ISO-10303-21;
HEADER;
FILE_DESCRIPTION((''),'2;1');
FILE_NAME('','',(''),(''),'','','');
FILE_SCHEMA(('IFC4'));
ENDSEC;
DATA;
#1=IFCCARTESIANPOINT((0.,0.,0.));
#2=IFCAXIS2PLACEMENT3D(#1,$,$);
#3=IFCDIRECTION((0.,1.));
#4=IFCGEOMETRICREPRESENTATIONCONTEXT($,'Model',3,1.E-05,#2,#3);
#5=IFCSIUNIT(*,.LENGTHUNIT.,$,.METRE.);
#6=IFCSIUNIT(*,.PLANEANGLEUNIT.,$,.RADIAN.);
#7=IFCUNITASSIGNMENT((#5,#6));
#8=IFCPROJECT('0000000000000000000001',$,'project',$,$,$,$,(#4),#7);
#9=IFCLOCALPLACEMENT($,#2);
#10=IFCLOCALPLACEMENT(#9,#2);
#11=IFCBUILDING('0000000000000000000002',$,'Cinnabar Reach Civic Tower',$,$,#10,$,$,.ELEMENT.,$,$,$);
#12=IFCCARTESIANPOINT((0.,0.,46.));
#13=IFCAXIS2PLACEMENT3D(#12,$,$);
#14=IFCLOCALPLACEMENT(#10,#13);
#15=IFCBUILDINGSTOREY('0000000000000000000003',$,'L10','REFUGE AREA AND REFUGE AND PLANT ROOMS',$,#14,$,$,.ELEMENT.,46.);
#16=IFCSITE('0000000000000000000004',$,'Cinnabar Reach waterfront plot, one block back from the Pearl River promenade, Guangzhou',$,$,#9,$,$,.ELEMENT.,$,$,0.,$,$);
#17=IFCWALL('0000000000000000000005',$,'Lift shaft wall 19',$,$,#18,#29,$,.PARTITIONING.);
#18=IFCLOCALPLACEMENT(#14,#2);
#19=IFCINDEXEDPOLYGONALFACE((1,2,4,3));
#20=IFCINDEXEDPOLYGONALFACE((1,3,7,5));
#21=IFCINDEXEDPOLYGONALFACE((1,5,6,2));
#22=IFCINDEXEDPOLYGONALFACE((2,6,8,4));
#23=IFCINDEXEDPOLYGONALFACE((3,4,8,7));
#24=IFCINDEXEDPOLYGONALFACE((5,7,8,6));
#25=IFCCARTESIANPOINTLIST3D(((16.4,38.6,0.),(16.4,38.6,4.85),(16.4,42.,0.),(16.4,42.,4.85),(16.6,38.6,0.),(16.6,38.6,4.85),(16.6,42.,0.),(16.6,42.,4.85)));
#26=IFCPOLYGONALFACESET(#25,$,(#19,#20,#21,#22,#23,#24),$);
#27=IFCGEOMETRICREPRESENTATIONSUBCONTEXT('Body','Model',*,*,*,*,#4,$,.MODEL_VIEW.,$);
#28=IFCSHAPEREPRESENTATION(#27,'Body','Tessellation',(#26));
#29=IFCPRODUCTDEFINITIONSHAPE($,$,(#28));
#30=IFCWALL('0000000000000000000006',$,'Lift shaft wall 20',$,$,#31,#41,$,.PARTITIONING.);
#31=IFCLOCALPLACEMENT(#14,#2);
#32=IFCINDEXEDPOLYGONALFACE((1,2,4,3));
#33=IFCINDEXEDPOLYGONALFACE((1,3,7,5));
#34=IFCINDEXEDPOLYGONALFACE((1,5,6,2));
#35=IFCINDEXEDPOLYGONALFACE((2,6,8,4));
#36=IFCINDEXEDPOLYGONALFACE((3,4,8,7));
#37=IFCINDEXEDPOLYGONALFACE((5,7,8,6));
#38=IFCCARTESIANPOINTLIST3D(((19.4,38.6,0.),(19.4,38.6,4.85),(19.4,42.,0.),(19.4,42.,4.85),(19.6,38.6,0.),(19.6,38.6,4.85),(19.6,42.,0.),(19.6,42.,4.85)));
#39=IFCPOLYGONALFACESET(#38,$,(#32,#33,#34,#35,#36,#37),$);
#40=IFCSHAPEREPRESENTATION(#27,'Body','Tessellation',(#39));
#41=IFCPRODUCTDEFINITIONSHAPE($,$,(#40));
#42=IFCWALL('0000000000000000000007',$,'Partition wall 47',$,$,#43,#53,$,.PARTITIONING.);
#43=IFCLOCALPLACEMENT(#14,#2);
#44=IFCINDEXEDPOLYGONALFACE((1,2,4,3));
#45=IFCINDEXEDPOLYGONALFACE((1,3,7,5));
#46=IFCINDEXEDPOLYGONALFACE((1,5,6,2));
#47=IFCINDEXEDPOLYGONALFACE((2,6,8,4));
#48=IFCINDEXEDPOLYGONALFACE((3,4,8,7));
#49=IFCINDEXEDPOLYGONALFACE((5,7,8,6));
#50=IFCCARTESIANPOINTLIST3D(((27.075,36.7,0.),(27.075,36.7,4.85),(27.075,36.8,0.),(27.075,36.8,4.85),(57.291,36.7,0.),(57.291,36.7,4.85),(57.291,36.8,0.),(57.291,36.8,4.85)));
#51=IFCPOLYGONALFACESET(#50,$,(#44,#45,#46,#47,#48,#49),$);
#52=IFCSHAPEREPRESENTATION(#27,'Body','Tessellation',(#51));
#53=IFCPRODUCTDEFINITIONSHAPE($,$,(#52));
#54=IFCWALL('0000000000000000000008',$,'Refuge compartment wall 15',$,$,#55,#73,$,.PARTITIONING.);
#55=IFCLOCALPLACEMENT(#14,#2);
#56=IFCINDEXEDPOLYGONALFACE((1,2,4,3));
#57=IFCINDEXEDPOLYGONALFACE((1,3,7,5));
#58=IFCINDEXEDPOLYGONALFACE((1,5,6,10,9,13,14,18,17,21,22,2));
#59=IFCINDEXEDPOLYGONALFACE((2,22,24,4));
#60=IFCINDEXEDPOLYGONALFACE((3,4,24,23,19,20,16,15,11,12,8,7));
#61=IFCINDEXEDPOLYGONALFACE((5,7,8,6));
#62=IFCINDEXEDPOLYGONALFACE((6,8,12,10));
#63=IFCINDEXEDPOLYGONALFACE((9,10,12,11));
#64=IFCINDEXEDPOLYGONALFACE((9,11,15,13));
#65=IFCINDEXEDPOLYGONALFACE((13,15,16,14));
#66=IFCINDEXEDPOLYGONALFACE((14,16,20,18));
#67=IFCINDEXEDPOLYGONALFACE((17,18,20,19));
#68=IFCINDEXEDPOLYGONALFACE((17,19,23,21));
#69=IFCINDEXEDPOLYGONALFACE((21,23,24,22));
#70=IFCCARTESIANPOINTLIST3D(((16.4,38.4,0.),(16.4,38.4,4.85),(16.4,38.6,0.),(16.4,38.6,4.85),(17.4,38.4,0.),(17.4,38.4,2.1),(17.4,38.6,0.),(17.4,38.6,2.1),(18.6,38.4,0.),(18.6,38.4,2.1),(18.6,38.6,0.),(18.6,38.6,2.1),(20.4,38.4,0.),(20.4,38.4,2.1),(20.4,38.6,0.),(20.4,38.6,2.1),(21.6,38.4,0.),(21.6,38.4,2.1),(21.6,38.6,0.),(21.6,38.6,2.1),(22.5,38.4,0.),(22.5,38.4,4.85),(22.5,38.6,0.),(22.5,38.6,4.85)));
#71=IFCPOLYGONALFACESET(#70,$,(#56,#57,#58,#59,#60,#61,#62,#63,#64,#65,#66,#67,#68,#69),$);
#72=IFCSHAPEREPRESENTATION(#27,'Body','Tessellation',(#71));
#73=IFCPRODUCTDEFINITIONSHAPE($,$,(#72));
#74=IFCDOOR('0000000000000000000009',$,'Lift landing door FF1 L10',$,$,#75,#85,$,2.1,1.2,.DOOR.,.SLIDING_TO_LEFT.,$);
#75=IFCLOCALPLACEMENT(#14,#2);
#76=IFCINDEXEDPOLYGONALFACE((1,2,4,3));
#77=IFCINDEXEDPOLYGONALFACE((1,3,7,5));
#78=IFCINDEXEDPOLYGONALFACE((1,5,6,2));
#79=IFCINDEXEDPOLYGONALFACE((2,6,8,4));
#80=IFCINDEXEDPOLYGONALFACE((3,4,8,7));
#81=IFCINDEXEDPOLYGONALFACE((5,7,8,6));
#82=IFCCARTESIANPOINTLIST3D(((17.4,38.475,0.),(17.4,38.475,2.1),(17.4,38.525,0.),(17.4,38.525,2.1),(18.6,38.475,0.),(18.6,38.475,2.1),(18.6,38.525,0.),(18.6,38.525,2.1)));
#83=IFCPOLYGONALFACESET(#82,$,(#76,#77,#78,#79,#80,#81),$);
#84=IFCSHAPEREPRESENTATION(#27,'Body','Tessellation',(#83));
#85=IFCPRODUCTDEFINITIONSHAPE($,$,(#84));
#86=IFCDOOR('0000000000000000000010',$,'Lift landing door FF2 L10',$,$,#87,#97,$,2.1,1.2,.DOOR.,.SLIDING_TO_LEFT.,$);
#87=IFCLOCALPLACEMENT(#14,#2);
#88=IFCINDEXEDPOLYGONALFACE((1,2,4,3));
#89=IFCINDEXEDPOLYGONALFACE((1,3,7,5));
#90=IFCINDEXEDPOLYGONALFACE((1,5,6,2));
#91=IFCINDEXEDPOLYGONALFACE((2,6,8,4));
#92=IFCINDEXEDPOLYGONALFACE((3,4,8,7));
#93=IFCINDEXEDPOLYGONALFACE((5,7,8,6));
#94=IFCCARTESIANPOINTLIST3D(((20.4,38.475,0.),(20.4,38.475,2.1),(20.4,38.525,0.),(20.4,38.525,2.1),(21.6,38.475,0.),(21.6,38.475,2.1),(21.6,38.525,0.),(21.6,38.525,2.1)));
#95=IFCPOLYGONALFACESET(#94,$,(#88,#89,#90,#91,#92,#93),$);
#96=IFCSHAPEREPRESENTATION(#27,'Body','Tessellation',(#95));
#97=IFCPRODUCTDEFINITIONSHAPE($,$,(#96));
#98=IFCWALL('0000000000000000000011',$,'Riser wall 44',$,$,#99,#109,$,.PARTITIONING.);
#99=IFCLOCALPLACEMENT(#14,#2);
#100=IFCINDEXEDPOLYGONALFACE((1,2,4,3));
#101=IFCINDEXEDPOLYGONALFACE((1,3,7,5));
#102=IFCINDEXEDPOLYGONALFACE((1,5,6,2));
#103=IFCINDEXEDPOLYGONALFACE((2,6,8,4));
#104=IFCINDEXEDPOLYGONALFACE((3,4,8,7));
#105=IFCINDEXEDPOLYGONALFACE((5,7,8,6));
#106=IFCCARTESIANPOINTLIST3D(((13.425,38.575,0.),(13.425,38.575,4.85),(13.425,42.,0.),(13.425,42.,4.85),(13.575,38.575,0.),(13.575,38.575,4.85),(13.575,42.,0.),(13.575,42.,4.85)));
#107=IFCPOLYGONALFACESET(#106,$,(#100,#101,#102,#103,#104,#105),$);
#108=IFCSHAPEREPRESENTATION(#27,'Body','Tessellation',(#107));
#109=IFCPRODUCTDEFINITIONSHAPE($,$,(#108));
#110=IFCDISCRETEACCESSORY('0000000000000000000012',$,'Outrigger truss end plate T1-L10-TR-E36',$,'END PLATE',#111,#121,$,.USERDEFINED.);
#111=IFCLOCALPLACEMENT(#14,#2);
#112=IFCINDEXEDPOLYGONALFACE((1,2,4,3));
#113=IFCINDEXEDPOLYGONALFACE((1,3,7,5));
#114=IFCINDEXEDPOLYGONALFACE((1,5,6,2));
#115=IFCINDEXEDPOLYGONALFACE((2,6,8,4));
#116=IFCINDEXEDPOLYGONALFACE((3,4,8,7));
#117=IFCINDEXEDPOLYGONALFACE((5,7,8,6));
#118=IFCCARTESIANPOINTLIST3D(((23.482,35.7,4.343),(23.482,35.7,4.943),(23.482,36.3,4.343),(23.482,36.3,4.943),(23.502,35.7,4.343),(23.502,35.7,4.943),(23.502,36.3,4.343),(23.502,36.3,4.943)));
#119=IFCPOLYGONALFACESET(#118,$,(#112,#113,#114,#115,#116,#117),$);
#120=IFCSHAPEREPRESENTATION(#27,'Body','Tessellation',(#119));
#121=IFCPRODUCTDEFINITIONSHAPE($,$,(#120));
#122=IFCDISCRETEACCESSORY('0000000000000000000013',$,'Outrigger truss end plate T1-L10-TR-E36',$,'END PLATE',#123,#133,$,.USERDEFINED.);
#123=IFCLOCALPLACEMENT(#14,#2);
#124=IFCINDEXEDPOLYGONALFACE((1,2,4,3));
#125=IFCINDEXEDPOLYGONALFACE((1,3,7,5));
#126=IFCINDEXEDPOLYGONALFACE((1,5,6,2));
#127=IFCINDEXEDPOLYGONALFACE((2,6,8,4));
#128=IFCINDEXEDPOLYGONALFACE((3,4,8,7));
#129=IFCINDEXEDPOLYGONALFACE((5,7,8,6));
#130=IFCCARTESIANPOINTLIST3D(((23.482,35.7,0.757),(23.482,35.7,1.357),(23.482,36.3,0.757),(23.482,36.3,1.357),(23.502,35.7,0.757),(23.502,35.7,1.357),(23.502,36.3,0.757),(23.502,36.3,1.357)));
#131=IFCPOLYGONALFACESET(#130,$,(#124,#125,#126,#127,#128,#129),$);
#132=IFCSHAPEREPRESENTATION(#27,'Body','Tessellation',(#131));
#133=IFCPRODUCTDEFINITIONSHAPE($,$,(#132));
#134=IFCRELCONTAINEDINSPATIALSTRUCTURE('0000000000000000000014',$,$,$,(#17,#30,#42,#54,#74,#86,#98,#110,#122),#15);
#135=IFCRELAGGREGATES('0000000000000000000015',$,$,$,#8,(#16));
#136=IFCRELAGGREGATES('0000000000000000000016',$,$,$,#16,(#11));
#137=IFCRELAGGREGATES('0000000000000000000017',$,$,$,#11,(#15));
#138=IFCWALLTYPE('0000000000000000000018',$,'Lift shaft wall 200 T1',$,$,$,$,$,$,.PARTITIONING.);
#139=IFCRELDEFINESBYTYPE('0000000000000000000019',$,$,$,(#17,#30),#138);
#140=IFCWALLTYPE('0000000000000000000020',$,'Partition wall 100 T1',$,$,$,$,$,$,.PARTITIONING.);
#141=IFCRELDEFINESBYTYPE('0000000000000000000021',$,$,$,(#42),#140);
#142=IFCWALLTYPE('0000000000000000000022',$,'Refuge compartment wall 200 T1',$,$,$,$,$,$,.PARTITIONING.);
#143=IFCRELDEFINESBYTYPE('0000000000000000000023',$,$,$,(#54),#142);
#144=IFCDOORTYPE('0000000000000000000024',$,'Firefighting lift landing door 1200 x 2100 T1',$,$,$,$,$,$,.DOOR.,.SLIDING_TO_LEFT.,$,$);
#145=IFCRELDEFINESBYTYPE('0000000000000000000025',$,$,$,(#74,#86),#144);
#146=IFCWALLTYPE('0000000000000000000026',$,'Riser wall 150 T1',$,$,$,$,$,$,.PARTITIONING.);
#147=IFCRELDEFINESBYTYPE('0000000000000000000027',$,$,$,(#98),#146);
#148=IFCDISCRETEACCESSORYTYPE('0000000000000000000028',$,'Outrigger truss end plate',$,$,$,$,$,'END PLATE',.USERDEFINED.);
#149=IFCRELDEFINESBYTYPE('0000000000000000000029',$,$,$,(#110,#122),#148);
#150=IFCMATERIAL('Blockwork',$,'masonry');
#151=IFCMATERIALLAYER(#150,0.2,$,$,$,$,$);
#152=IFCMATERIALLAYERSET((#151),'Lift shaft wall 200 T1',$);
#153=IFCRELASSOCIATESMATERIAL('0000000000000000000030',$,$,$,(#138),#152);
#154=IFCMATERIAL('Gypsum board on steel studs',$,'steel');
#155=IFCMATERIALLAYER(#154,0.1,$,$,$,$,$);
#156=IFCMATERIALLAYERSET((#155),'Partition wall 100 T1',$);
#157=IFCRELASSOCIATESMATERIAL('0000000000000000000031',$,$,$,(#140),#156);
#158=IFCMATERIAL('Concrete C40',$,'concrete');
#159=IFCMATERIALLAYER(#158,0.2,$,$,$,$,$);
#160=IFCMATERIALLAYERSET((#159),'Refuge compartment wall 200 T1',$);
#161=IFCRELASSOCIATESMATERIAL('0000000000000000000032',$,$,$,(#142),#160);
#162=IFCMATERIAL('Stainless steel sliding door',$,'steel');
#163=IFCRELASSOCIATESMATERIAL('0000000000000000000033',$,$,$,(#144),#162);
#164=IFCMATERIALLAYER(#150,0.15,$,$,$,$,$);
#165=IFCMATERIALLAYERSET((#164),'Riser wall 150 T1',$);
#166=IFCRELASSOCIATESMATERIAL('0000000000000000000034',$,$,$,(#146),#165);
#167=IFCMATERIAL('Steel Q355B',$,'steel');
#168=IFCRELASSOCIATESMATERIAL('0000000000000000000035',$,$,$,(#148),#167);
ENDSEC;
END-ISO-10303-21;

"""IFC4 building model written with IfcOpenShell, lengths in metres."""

from ifc_helpers import new_model, si_unit, direction, frame, frame_2d, origin, origin_2d, place, context, subcontext, project, spatial, rectangle, extrude, material, layer, layer_set, type_object, element, fill, save


model = new_model("IFC4")

# Units and contexts
model_context = context("Model", 3, precision=1e-05, world=origin(), true_north=direction((0.0, 1.0)))
body_context = subcontext(model_context, "Body", "Model", "MODEL_VIEW")
ifc_project = project(units=[si_unit("LENGTHUNIT", "METRE"), si_unit("PLANEANGLEUNIT", "RADIAN")], contexts=[model_context])

# Site, building, storey
site_placement = place(None, origin())
site = spatial("IfcSite", under=ifc_project, at=site_placement, Name="Cinnabar Reach waterfront plot, one block back from the Pearl River promenade, Guangzhou", CompositionType="ELEMENT", RefElevation=0.0)
building_placement = place(site_placement, origin())
building = spatial("IfcBuilding", under=site, at=building_placement, Name="Cinnabar Reach Civic Tower", CompositionType="ELEMENT")
storey_placement = place(building_placement, frame((0.0, 0.0, 46.0)))
storey = spatial("IfcBuildingStorey", under=building, at=storey_placement, Name="L10", Description="REFUGE AREA AND REFUGE AND PLANT ROOMS", CompositionType="ELEMENT", Elevation=46.0)

# Shared definitions
ifc_material_1 = material(Name="Steel Q355B", Category="steel")

# Walls
ifc_material_2 = material(Name="Blockwork", Category="masonry")
ifc_layer_1 = layer(ifc_material_2, 0.2)
ifc_layer_set_1 = layer_set([ifc_layer_1], Name="Lift shaft wall 200 T1")
wall_type_1 = type_object("IfcWallType", Name="Lift shaft wall 200 T1", PredefinedType="PARTITIONING", material=ifc_layer_set_1)
for number, where, z_axis, x_axis, name in (
    (1, (16.5, 38.6, 0.0), (0.0, 0.0, 1.0), (0.0, 1.0, 0.0), "Lift shaft wall 19"),
    (2, (19.5, 38.6, 0.0), (0.0, 0.0, 1.0), (0.0, 1.0, 0.0), "Lift shaft wall 20"),
):
    element("IfcWall", number, at=place(storey_placement, frame(where, z_axis=z_axis, x_axis=x_axis)), inside=storey, type_object=wall_type_1, Name=name, PredefinedType="PARTITIONING", context=body_context, shape_type="SweptSolid", body=[
        extrude(rectangle(XDim=3.4, YDim=0.2, at=frame_2d((1.7, 0.0))), origin(), (0.0, 0.0, 1.0), 4.85),
    ])
ifc_material_3 = material(Name="Gypsum board on steel studs", Category="steel")
ifc_layer_2 = layer(ifc_material_3, 0.1)
ifc_layer_set_2 = layer_set([ifc_layer_2], Name="Partition wall 100 T1")
wall_type_2 = type_object("IfcWallType", Name="Partition wall 100 T1", PredefinedType="PARTITIONING", material=ifc_layer_set_2)
wall_1_placement = place(storey_placement, frame((27.075, 36.75, 0.0), z_axis=(0.0, 0.0, 1.0), x_axis=(1.0, 0.0, 0.0)))
element("IfcWall", 3, at=wall_1_placement, inside=storey, type_object=wall_type_2, Name="Partition wall 47", PredefinedType="PARTITIONING", context=body_context, shape_type="SweptSolid", body=[
    extrude(rectangle(XDim=30.2159, YDim=0.1, at=frame_2d((15.108, 0.0))), origin(), (0.0, 0.0, 1.0), 4.85),
])

# Wall, openings, doors
ifc_material_4 = material(Name="Concrete C40", Category="concrete")
ifc_layer_3 = layer(ifc_material_4, 0.2)
ifc_layer_set_3 = layer_set([ifc_layer_3], Name="Refuge compartment wall 200 T1")
wall_type_3 = type_object("IfcWallType", Name="Refuge compartment wall 200 T1", PredefinedType="PARTITIONING", material=ifc_layer_set_3)
wall_2_placement = place(storey_placement, frame((16.4, 38.5, 0.0), z_axis=(0.0, 0.0, 1.0), x_axis=(1.0, 0.0, 0.0)))
wall_2 = element("IfcWall", 4, at=wall_2_placement, inside=storey, type_object=wall_type_3, Name="Refuge compartment wall 15", PredefinedType="PARTITIONING", context=body_context, shape_type="SweptSolid", body=[
    extrude(rectangle(XDim=6.1, YDim=0.2, at=frame_2d((3.05, 0.0))), origin(), (0.0, 0.0, 1.0), 4.85),
])
opening_1_placement = place(wall_2_placement, frame((1.0, 0.0, 0.0)))
opening_1 = element("IfcOpeningElement", 5, at=opening_1_placement, cuts=wall_2, PredefinedType="OPENING", context=body_context, shape_type="SweptSolid", body=[
    extrude(rectangle(XDim=1.2, YDim=2.1, at=frame_2d((0.6, 1.05))), frame((0.0, 0.11, 0.0), z_axis=(0.0, -1.0, 0.0), x_axis=(1.0, 0.0, 0.0)), (0.0, 0.0, 1.0), 0.22),
])
opening_2_placement = place(wall_2_placement, frame((4.0, 0.0, 0.0)))
opening_2 = element("IfcOpeningElement", 6, at=opening_2_placement, cuts=wall_2, PredefinedType="OPENING", context=body_context, shape_type="SweptSolid", body=[
    extrude(rectangle(XDim=1.2, YDim=2.1, at=frame_2d((0.6, 1.05))), frame((0.0, 0.11, 0.0), z_axis=(0.0, -1.0, 0.0), x_axis=(1.0, 0.0, 0.0)), (0.0, 0.0, 1.0), 0.22),
])
ifc_material_5 = material(Name="Stainless steel sliding door", Category="steel")
door_type_1 = type_object("IfcDoorType", Name="Firefighting lift landing door 1200 x 2100 T1", OperationType="SLIDING_TO_LEFT", PredefinedType="DOOR", material=ifc_material_5)
door_1_placement = place(opening_1_placement, origin())
door_1 = element("IfcDoor", 7, at=door_1_placement, inside=storey, type_object=door_type_1, Name="Lift landing door FF1 L10", OperationType="SLIDING_TO_LEFT", OverallHeight=2.1, OverallWidth=1.2, PredefinedType="DOOR", context=body_context, shape_type="SweptSolid", body=[
    extrude(rectangle(XDim=1.2, YDim=2.1, at=frame_2d((0.6, 1.05))), frame((0.0, 0.025, 0.0), z_axis=(0.0, -1.0, 0.0), x_axis=(1.0, 0.0, 0.0)), (0.0, 0.0, 1.0), 0.05),
])
fill(opening_1, door_1)
door_2_placement = place(opening_2_placement, origin())
door_2 = element("IfcDoor", 8, at=door_2_placement, inside=storey, type_object=door_type_1, Name="Lift landing door FF2 L10", OperationType="SLIDING_TO_LEFT", OverallHeight=2.1, OverallWidth=1.2, PredefinedType="DOOR", context=body_context, shape_type="SweptSolid", body=[
    extrude(rectangle(XDim=1.2, YDim=2.1, at=frame_2d((0.6, 1.05))), frame((0.0, 0.025, 0.0), z_axis=(0.0, -1.0, 0.0), x_axis=(1.0, 0.0, 0.0)), (0.0, 0.0, 1.0), 0.05),
])
fill(opening_2, door_2)

# Wall
ifc_layer_4 = layer(ifc_material_2, 0.15)
ifc_layer_set_4 = layer_set([ifc_layer_4], Name="Riser wall 150 T1")
wall_type_4 = type_object("IfcWallType", Name="Riser wall 150 T1", PredefinedType="PARTITIONING", material=ifc_layer_set_4)
wall_3_placement = place(storey_placement, frame((13.5, 38.575, 0.0), z_axis=(0.0, 0.0, 1.0), x_axis=(0.0, 1.0, 0.0)))
element("IfcWall", 9, at=wall_3_placement, inside=storey, type_object=wall_type_4, Name="Riser wall 44", PredefinedType="PARTITIONING", context=body_context, shape_type="SweptSolid", body=[
    extrude(rectangle(XDim=3.425, YDim=0.15, at=frame_2d((1.7125, 0.0))), origin(), (0.0, 0.0, 1.0), 4.85),
])

# Discrete accessories
discrete_accessory_type = type_object("IfcDiscreteAccessoryType", Name="Outrigger truss end plate", ElementType="END PLATE", PredefinedType="USERDEFINED", material=ifc_material_1)
for number, where, z_axis, x_axis, name in (
    (10, (23.492, 36.0, 4.343), (0.0, 0.0, 1.0), (1.0, 0.0, 0.0), "Outrigger truss end plate T1-L10-TR-E36"),
    (11, (23.492, 36.0, 0.757), (0.0, 0.0, 1.0), (1.0, 0.0, 0.0), "Outrigger truss end plate T1-L10-TR-E36"),
):
    element("IfcDiscreteAccessory", number, at=place(storey_placement, frame(where, z_axis=z_axis, x_axis=x_axis)), inside=storey, type_object=discrete_accessory_type, Name=name, ObjectType="END PLATE", PredefinedType="USERDEFINED", context=body_context, shape_type="SweptSolid", body=[
        extrude(rectangle(XDim=0.02, YDim=0.6, at=origin_2d()), origin(), (0.0, 0.0, 1.0), 0.6),
    ])

save(model, "model.ifc")
